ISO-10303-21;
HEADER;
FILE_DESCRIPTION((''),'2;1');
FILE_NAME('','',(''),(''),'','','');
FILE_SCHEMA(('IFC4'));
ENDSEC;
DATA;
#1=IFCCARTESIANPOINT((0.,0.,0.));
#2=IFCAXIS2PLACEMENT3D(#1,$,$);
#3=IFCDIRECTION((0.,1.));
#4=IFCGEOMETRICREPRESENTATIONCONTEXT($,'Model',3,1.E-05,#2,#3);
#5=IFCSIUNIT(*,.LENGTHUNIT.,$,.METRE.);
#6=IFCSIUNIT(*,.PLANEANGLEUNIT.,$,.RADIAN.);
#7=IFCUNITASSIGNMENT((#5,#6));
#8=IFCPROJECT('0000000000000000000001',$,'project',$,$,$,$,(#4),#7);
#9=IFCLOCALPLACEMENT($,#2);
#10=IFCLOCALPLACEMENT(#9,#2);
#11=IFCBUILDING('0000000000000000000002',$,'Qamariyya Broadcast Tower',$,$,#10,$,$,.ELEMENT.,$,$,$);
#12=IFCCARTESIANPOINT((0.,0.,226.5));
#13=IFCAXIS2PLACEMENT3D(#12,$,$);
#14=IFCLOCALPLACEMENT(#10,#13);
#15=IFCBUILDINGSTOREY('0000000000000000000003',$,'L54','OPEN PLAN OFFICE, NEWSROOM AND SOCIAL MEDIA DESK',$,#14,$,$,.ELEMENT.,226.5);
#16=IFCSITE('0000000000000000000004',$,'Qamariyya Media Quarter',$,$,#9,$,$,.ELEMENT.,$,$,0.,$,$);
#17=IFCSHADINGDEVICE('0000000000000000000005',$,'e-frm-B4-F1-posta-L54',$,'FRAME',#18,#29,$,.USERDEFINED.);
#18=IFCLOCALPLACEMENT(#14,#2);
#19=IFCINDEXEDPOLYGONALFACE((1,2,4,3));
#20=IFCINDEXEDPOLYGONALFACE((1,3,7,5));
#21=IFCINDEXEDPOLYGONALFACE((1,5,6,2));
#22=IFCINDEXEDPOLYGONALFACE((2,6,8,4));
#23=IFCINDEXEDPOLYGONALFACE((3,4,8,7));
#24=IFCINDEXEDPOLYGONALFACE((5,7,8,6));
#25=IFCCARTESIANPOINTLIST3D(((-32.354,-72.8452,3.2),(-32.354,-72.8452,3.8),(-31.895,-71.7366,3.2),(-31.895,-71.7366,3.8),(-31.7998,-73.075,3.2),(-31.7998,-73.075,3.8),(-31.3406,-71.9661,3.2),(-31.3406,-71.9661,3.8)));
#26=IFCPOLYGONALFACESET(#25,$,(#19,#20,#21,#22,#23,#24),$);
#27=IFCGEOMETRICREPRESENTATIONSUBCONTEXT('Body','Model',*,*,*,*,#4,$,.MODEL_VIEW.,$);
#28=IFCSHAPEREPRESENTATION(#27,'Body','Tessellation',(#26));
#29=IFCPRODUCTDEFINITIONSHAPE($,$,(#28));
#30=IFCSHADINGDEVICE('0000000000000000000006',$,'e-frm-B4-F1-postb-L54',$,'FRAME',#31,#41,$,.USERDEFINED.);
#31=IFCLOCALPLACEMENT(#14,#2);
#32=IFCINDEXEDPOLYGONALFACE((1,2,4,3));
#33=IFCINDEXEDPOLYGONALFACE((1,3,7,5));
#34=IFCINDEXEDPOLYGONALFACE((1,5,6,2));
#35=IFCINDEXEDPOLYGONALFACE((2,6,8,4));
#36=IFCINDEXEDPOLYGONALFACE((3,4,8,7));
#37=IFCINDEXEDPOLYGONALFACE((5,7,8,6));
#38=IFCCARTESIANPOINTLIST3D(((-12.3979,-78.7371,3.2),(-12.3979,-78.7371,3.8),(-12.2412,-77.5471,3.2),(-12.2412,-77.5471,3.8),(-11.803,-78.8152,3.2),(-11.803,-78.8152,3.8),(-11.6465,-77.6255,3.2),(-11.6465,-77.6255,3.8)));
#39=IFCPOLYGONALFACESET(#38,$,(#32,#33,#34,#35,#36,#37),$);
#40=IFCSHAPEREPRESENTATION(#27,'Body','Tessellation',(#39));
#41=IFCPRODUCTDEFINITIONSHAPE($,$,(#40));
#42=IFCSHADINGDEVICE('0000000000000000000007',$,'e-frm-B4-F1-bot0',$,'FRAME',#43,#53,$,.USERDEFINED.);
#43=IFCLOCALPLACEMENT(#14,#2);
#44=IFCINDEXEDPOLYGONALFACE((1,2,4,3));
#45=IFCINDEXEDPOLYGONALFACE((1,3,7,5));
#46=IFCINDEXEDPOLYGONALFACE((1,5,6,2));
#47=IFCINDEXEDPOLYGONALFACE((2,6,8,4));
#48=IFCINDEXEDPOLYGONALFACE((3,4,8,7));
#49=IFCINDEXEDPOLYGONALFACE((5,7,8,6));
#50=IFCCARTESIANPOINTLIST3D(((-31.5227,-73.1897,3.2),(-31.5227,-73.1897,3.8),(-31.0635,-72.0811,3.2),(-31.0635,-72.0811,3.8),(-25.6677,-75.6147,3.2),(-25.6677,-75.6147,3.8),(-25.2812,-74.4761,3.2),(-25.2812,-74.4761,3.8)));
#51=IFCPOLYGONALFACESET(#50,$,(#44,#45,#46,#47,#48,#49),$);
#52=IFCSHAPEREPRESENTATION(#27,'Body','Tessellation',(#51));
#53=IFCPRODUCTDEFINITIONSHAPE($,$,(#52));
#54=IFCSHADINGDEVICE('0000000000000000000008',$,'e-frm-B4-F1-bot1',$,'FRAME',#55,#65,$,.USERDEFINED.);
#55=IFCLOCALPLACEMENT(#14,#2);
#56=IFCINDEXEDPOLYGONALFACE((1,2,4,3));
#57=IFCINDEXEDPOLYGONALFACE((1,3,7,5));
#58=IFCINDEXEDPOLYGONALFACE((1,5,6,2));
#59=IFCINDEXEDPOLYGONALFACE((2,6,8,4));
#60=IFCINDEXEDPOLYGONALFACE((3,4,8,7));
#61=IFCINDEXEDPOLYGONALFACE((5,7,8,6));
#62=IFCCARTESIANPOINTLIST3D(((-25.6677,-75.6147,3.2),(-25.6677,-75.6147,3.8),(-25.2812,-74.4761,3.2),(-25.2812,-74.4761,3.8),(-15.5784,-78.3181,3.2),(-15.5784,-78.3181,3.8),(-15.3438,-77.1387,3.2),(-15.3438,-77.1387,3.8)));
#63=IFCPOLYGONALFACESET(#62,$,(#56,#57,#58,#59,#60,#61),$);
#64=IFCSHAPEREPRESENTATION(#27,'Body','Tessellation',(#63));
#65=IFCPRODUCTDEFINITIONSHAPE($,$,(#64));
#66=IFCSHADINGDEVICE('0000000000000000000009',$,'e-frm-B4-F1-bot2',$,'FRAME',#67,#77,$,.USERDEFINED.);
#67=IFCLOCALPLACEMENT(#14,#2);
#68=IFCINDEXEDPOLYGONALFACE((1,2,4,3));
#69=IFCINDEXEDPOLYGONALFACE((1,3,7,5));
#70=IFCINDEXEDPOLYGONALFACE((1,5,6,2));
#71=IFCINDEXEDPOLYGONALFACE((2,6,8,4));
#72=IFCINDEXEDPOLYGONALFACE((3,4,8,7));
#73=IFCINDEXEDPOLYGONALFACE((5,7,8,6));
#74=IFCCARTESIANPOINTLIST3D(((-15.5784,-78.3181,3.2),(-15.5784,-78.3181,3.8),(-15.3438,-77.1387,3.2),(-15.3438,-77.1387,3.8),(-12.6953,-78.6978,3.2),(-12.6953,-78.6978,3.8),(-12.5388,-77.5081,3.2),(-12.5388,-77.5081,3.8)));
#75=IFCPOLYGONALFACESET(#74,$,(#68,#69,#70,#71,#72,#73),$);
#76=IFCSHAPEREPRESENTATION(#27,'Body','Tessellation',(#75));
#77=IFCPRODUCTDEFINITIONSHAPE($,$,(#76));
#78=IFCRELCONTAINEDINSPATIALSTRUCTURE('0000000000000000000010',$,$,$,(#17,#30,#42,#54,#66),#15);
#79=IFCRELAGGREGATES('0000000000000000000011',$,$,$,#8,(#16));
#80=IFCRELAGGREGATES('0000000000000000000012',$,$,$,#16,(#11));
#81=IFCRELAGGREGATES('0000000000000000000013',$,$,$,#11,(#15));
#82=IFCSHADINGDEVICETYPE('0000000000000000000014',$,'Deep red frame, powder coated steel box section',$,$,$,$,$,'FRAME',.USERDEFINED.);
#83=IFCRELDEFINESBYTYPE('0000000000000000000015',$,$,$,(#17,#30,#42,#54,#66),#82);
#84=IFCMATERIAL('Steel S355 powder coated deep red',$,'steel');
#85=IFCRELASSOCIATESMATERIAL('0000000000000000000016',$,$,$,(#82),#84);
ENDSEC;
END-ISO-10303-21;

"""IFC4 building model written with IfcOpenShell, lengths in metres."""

from ifc_helpers import new_model, si_unit, direction, frame, origin, place, context, subcontext, project, spatial, polyline, outline, extrude, material, type_object, element, save


model = new_model("IFC4")

# Units and contexts
model_context = context("Model", 3, precision=1e-05, world=origin(), true_north=direction((0.0, 1.0)))
body_context = subcontext(model_context, "Body", "Model", "MODEL_VIEW")
ifc_project = project(units=[si_unit("LENGTHUNIT", "METRE"), si_unit("PLANEANGLEUNIT", "RADIAN")], contexts=[model_context])

# Site, building, storey
site_placement = place(None, origin())
site = spatial("IfcSite", under=ifc_project, at=site_placement, Name="Qamariyya Media Quarter", CompositionType="ELEMENT", RefElevation=0.0)
building_placement = place(site_placement, origin())
building = spatial("IfcBuilding", under=site, at=building_placement, Name="Qamariyya Broadcast Tower", CompositionType="ELEMENT")
storey_placement = place(building_placement, frame((0.0, 0.0, 226.5)))
storey = spatial("IfcBuildingStorey", under=building, at=storey_placement, Name="L54", Description="OPEN PLAN OFFICE, NEWSROOM AND SOCIAL MEDIA DESK", CompositionType="ELEMENT", Elevation=226.5)

# Shading devices
ifc_material = material(Name="Steel S355 powder coated deep red", Category="steel")
shading_device_type = type_object("IfcShadingDeviceType", Name="Deep red frame, powder coated steel box section", ElementType="FRAME", PredefinedType="USERDEFINED", material=ifc_material)
shading_device_1_placement = place(storey_placement, frame((0.0, 0.0, 3.2)))
element("IfcShadingDevice", 1, at=shading_device_1_placement, inside=storey, type_object=shading_device_type, Name="e-frm-B4-F1-posta-L54", ObjectType="FRAME", PredefinedType="USERDEFINED", context=body_context, shape_type="SweptSolid", body=[
    extrude(outline(polyline([(-31.895, -71.7366), (-32.354, -72.8452), (-31.7998, -73.075), (-31.3406, -71.9661), (-31.895, -71.7366)])), origin(), (0.0, 0.0, 1.0), 0.6001),
])
shading_device_2_placement = place(storey_placement, frame((0.0, 0.0, 3.2)))
element("IfcShadingDevice", 2, at=shading_device_2_placement, inside=storey, type_object=shading_device_type, Name="e-frm-B4-F1-postb-L54", ObjectType="FRAME", PredefinedType="USERDEFINED", context=body_context, shape_type="SweptSolid", body=[
    extrude(outline(polyline([(-12.2412, -77.5471), (-12.3979, -78.7371), (-11.803, -78.8152), (-11.6465, -77.6255), (-12.2412, -77.5471)])), origin(), (0.0, 0.0, 1.0), 0.6001),
])
shading_device_3_placement = place(storey_placement, frame((0.0, 0.0, 3.2)))
element("IfcShadingDevice", 3, at=shading_device_3_placement, inside=storey, type_object=shading_device_type, Name="e-frm-B4-F1-bot0", ObjectType="FRAME", PredefinedType="USERDEFINED", context=body_context, shape_type="SweptSolid", body=[
    extrude(outline(polyline([(-31.0635, -72.0811), (-31.5227, -73.1897), (-25.6677, -75.6147), (-25.2812, -74.4761), (-31.0635, -72.0811)])), origin(), (0.0, 0.0, 1.0), 0.6001),
])
shading_device_4_placement = place(storey_placement, frame((0.0, 0.0, 3.2)))
element("IfcShadingDevice", 4, at=shading_device_4_placement, inside=storey, type_object=shading_device_type, Name="e-frm-B4-F1-bot1", ObjectType="FRAME", PredefinedType="USERDEFINED", context=body_context, shape_type="SweptSolid", body=[
    extrude(outline(polyline([(-25.2812, -74.4761), (-25.6677, -75.6147), (-15.5784, -78.3181), (-15.3438, -77.1387), (-25.2812, -74.4761)])), origin(), (0.0, 0.0, 1.0), 0.6001),
])
shading_device_5_placement = place(storey_placement, frame((0.0, 0.0, 3.2)))
element("IfcShadingDevice", 5, at=shading_device_5_placement, inside=storey, type_object=shading_device_type, Name="e-frm-B4-F1-bot2", ObjectType="FRAME", PredefinedType="USERDEFINED", context=body_context, shape_type="SweptSolid", body=[
    extrude(outline(polyline([(-15.3438, -77.1387), (-15.5784, -78.3181), (-12.6953, -78.6978), (-12.5388, -77.5081), (-15.3438, -77.1387)])), origin(), (0.0, 0.0, 1.0), 0.6001),
])

save(model, "model.ifc")
